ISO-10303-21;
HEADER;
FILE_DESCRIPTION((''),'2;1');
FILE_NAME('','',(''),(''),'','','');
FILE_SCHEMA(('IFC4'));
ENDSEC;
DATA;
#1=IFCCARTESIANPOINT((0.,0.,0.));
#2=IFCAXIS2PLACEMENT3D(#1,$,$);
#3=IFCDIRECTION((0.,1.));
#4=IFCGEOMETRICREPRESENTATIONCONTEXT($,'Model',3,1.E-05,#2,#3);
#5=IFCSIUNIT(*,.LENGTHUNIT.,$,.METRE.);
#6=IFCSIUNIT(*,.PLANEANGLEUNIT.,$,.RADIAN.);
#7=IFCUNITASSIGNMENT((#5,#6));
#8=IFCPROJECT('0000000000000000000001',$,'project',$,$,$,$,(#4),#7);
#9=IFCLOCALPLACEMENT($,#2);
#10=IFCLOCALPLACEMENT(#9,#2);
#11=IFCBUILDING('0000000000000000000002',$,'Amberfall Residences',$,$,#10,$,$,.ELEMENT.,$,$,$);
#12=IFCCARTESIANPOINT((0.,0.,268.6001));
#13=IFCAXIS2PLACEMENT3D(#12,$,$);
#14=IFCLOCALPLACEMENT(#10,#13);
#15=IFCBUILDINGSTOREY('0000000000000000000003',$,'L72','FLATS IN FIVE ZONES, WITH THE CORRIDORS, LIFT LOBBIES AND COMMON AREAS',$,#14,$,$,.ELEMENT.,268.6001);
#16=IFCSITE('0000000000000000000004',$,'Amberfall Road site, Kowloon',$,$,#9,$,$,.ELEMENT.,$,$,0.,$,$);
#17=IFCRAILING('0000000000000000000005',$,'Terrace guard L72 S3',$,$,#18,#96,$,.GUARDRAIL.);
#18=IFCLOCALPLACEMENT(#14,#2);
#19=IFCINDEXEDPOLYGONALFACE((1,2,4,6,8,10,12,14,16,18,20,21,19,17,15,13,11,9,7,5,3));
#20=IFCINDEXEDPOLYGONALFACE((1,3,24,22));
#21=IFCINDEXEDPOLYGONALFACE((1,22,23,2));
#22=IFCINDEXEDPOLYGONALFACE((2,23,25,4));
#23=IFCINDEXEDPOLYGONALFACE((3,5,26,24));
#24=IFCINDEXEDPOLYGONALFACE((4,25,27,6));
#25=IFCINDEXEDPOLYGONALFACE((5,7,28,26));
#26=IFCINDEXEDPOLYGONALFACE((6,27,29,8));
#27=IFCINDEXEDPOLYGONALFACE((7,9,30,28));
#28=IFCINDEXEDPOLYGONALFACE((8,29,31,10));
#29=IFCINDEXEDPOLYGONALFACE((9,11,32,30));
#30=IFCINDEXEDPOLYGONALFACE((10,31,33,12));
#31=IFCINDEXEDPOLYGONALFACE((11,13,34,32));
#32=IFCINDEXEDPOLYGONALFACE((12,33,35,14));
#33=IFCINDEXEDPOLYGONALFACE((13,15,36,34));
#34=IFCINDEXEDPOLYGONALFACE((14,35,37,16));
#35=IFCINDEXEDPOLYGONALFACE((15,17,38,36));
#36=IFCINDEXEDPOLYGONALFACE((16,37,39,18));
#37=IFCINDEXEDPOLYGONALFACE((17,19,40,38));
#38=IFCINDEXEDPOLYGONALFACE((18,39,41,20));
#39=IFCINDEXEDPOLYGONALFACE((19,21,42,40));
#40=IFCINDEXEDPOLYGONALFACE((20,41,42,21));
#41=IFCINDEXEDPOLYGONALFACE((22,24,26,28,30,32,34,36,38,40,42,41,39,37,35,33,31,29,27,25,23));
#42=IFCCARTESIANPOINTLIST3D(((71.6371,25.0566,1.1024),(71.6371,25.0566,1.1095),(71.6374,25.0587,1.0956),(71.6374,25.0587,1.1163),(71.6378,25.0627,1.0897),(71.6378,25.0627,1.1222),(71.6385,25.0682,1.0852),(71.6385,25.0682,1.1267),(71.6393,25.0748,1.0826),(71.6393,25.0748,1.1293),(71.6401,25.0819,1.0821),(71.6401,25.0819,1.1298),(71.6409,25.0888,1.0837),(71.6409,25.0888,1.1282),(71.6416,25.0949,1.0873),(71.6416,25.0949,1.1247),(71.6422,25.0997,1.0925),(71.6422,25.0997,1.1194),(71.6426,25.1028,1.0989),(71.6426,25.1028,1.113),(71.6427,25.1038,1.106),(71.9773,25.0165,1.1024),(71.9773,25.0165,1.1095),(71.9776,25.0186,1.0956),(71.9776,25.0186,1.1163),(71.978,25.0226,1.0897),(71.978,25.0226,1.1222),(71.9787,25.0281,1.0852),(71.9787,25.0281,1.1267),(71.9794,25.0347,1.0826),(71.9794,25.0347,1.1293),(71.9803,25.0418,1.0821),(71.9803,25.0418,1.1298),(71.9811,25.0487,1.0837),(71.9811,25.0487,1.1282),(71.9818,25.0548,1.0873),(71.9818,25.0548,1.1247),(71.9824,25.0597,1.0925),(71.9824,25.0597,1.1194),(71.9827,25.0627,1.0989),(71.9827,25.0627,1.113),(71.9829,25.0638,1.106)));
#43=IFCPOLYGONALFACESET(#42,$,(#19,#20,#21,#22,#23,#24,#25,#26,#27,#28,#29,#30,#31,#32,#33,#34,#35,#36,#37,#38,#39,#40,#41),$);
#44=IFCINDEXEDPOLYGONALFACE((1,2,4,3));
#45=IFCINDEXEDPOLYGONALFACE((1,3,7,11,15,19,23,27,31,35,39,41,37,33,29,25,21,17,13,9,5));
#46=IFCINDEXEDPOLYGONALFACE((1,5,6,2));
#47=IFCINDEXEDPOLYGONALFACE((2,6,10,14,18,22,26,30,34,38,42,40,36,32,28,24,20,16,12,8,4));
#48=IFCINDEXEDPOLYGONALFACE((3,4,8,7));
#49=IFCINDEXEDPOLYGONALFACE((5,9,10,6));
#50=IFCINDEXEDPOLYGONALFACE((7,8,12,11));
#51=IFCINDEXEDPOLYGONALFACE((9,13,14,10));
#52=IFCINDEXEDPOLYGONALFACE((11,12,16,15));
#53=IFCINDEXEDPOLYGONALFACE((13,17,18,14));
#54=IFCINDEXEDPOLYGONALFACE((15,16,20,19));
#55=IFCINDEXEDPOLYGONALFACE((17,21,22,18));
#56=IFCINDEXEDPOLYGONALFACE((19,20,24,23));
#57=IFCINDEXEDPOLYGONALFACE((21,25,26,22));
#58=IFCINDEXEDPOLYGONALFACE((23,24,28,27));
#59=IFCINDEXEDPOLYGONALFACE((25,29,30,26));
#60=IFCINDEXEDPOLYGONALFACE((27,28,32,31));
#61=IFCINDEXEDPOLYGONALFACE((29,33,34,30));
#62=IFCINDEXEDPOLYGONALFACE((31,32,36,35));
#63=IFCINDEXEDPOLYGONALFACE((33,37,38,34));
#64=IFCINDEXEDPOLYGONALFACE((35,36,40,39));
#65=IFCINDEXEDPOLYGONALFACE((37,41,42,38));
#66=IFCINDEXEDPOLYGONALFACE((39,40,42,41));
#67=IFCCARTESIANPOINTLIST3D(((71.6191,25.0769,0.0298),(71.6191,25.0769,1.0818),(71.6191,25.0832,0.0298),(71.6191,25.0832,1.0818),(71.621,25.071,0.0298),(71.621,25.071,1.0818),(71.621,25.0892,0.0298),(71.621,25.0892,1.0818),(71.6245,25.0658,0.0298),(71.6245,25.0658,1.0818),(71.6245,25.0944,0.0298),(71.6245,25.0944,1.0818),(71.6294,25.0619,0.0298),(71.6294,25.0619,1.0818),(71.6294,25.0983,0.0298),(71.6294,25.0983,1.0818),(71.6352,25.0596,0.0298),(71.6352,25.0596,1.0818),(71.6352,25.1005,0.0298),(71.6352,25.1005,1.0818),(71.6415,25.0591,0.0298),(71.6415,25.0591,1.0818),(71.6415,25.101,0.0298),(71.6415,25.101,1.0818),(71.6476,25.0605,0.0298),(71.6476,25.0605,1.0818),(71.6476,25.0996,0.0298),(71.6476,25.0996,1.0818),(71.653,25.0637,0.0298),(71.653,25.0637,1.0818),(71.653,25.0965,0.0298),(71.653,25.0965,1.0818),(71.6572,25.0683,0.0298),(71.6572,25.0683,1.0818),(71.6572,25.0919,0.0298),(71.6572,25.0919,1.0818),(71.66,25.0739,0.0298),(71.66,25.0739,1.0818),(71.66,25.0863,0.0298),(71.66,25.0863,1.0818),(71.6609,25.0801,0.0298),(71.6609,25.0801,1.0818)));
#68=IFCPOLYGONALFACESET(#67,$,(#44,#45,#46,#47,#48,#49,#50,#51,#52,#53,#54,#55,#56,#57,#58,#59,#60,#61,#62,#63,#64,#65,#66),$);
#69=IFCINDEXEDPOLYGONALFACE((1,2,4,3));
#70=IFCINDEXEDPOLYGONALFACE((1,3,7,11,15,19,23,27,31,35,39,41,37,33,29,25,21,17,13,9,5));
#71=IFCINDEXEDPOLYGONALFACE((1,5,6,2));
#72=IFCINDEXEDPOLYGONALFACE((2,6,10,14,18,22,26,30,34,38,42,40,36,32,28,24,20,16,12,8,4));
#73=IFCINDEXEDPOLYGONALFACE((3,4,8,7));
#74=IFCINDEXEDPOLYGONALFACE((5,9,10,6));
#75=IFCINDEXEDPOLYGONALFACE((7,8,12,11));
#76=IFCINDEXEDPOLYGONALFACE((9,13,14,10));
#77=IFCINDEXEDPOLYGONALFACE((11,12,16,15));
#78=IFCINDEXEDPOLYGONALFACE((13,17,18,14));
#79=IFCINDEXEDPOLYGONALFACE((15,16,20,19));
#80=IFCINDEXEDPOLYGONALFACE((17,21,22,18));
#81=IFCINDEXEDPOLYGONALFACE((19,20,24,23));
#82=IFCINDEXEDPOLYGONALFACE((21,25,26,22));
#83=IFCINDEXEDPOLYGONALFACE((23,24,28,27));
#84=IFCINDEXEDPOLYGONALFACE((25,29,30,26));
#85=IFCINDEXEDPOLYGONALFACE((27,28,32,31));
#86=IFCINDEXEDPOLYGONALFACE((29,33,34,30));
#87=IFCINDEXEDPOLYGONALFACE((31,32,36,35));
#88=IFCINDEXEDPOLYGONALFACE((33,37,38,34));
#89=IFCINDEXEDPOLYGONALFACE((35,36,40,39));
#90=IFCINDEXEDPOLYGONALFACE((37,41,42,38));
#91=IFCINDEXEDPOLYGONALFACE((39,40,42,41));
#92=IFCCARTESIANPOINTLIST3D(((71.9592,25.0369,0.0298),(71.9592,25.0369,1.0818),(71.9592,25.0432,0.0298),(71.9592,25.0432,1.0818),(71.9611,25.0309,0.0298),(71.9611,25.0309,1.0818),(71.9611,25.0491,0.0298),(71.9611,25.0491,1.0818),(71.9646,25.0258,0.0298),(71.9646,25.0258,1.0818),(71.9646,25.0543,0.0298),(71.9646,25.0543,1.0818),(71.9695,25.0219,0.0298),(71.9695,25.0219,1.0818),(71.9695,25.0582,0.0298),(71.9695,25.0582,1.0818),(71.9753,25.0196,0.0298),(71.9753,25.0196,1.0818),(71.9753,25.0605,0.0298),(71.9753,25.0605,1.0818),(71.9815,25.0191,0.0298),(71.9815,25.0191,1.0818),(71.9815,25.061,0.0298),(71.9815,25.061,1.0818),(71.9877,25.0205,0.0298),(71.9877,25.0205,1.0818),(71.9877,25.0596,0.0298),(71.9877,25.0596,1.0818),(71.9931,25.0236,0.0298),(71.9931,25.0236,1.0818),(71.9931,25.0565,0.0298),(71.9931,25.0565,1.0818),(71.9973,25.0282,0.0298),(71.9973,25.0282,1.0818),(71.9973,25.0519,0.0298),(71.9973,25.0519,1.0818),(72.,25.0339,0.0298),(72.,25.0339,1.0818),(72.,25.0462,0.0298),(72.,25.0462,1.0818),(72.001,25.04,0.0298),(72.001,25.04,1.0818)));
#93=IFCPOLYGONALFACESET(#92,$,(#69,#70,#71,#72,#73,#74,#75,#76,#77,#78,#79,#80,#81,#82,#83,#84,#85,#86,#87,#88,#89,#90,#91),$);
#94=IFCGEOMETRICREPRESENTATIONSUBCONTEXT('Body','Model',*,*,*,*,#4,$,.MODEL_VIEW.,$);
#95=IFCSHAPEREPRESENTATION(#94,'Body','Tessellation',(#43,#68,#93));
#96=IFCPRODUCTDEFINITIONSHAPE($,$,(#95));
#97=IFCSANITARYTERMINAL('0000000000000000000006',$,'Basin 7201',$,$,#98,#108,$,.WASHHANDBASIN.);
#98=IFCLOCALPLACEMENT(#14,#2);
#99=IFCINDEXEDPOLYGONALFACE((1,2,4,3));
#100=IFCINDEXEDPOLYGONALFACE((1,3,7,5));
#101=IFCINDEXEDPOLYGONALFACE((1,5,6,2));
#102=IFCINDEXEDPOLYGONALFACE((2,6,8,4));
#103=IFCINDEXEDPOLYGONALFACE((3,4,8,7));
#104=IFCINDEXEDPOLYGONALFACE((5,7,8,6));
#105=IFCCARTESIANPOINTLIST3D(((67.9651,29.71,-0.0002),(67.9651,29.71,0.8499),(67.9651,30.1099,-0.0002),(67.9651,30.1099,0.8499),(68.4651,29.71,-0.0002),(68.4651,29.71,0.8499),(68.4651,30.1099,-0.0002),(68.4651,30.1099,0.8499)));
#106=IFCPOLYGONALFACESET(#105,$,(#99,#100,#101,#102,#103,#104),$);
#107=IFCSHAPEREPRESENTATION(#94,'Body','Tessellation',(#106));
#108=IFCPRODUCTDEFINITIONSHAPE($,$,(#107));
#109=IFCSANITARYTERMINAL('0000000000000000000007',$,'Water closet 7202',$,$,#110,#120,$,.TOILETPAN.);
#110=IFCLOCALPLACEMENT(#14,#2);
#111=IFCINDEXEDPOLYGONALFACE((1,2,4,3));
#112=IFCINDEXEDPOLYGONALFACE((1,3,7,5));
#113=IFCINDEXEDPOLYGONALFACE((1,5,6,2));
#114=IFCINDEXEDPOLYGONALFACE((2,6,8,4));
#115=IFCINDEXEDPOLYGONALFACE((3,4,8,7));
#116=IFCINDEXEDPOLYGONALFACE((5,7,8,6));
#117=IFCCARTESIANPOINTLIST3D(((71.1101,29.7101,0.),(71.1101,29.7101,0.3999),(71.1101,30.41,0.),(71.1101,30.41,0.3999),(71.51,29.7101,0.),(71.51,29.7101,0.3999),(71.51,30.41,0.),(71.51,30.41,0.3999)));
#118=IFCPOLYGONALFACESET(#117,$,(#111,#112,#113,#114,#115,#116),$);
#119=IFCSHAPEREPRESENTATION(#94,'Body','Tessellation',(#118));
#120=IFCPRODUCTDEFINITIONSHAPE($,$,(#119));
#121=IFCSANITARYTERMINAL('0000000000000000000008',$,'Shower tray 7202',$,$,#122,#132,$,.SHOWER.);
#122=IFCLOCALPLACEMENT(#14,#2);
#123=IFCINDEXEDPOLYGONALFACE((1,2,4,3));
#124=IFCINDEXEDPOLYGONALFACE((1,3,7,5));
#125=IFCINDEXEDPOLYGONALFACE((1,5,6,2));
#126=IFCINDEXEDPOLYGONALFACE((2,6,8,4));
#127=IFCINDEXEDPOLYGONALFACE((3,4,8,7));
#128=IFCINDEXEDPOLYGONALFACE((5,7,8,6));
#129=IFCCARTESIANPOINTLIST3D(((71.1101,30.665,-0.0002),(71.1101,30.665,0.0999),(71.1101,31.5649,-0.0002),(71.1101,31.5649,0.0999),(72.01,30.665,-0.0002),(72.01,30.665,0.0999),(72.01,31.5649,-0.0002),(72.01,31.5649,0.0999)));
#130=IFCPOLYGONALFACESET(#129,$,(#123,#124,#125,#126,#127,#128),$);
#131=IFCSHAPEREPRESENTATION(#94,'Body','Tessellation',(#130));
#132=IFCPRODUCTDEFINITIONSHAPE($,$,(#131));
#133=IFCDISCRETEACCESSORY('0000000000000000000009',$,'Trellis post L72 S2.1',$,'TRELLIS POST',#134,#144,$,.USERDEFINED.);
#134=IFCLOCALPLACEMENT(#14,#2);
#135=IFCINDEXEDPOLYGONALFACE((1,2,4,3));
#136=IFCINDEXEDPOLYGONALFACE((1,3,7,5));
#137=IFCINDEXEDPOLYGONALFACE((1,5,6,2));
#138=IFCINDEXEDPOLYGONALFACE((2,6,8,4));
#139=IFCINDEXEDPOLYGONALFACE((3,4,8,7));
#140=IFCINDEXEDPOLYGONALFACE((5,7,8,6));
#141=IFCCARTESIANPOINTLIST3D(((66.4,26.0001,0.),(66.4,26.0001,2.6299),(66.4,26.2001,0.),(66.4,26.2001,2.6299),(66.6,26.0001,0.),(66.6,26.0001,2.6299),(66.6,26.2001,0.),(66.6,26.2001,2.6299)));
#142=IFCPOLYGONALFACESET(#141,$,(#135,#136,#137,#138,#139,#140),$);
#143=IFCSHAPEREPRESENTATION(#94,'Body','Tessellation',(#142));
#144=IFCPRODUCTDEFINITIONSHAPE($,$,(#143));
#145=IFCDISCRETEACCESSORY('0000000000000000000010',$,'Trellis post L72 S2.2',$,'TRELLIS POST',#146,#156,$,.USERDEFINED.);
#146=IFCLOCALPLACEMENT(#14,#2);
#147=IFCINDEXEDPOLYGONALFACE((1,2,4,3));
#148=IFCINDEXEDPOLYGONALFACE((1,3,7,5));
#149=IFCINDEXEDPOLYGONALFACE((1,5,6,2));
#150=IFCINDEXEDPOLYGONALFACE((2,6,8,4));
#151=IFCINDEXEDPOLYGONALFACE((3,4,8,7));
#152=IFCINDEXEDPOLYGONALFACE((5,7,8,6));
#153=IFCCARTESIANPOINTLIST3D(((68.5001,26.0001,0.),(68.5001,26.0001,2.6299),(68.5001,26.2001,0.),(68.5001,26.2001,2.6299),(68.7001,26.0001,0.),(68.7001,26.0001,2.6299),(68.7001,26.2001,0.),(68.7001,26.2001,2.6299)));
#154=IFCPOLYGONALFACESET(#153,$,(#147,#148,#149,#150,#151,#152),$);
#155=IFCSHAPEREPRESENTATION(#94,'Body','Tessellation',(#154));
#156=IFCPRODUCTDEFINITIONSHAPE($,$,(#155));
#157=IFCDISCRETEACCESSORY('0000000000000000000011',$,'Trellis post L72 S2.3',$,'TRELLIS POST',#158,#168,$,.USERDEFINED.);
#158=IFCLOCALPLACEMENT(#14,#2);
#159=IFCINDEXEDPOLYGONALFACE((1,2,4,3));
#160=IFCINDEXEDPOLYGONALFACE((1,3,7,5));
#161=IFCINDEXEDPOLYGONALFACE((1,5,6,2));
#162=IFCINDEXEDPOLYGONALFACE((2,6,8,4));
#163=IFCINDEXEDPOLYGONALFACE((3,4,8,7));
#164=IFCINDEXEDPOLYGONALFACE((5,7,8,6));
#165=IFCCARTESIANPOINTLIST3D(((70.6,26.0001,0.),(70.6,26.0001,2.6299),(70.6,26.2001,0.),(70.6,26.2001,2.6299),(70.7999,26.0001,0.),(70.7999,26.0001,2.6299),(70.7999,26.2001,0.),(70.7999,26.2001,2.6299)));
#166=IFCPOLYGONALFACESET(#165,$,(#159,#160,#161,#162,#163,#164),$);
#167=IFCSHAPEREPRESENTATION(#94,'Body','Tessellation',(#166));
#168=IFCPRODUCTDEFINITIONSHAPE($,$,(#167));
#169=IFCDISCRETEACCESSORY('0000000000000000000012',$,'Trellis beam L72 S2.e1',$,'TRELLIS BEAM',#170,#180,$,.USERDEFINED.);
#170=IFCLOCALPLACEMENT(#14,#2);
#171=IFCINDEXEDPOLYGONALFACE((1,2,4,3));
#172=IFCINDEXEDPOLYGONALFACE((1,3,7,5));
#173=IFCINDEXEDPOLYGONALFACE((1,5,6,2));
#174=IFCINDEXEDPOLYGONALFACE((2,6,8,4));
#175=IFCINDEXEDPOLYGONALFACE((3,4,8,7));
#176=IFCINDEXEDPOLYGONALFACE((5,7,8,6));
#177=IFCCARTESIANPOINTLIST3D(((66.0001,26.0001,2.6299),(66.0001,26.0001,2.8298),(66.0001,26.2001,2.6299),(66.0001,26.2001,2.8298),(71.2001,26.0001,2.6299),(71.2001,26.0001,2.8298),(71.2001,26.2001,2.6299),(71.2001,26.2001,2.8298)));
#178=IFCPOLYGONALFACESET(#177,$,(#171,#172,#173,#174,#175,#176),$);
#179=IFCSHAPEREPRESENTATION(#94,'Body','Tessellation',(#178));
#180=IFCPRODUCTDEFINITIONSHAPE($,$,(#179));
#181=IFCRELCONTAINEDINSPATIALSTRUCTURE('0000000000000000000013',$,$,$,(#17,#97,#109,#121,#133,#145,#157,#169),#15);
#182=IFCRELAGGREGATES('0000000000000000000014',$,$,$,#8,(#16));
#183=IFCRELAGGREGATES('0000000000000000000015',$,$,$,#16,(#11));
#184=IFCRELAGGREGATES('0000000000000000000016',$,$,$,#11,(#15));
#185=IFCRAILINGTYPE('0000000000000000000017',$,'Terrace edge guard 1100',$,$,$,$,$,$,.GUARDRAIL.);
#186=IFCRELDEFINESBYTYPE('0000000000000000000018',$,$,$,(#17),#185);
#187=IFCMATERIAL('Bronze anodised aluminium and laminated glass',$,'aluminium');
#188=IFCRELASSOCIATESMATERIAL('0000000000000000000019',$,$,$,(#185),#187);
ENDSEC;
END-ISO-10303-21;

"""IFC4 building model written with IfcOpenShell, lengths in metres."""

from ifc_helpers import new_model, si_unit, direction, frame, origin, origin_2d, place, context, subcontext, project, spatial, rectangle, circle, extrude, material, type_object, element, save


model = new_model("IFC4")

# Units and contexts
model_context = context("Model", 3, precision=1e-05, world=origin(), true_north=direction((0.0, 1.0)))
body_context = subcontext(model_context, "Body", "Model", "MODEL_VIEW")
ifc_project = project(units=[si_unit("LENGTHUNIT", "METRE"), si_unit("PLANEANGLEUNIT", "RADIAN")], contexts=[model_context])

# Site, building, storey
site_placement = place(None, origin())
site = spatial("IfcSite", under=ifc_project, at=site_placement, Name="Amberfall Road site, Kowloon", CompositionType="ELEMENT", RefElevation=0.0)
building_placement = place(site_placement, origin())
building = spatial("IfcBuilding", under=site, at=building_placement, Name="Amberfall Residences", CompositionType="ELEMENT")
storey_placement = place(building_placement, frame((0.0, 0.0, 268.6001)))
storey = spatial("IfcBuildingStorey", under=building, at=storey_placement, Name="L72", Description="FLATS IN FIVE ZONES, WITH THE CORRIDORS, LIFT LOBBIES AND COMMON AREAS", CompositionType="ELEMENT", Elevation=268.6001)

# Railing
ifc_material_1 = material(Name="Bronze anodised aluminium and laminated glass", Category="aluminium")
railing_type = type_object("IfcRailingType", Name="Terrace edge guard 1100", PredefinedType="GUARDRAIL", material=ifc_material_1)
railing_1_placement = place(storey_placement, frame((71.6399, 25.0801, 0.0298)))
element("IfcRailing", 1, at=railing_1_placement, inside=storey, type_object=railing_type, Name="Terrace guard L72 S3", PredefinedType="GUARDRAIL", context=body_context, shape_type="SweptSolid", body=[
    extrude(circle(Radius=0.0239, at=origin_2d()), frame((0.0, 0.0, 1.0762), z_axis=(0.993141, -0.116924, 0.0), x_axis=(0.116924, 0.993141, 0.0)), (0.0, 0.0, 1.0), 0.3425),
    extrude(circle(Radius=0.021, at=origin_2d()), origin(), (0.0, 0.0, 1.0), 1.052),
    extrude(circle(Radius=0.021, at=origin_2d()), frame((0.3401, -0.04, 0.0)), (0.0, 0.0, 1.0), 1.052),
])

# Sanitary terminals
sanitary_terminal_1_placement = place(storey_placement, frame((68.2151, 29.9099, -0.0002), z_axis=(0.0, 0.0, 1.0), x_axis=(1.0, 0.0, 0.0)))
element("IfcSanitaryTerminal", 2, at=sanitary_terminal_1_placement, inside=storey, Name="Basin 7201", PredefinedType="WASHHANDBASIN", context=body_context, shape_type="SweptSolid", body=[
    extrude(rectangle(XDim=0.5, YDim=0.3999, at=origin_2d()), origin(), (0.0, 0.0, 1.0), 0.8501),
])
sanitary_terminal_2_placement = place(storey_placement, frame((71.3101, 30.0601, 0.0), z_axis=(0.0, 0.0, 1.0), x_axis=(1.0, 0.0, 0.0)))
element("IfcSanitaryTerminal", 3, at=sanitary_terminal_2_placement, inside=storey, Name="Water closet 7202", PredefinedType="TOILETPAN", context=body_context, shape_type="SweptSolid", body=[
    extrude(rectangle(XDim=0.3999, YDim=0.7, at=origin_2d()), origin(), (0.0, 0.0, 1.0), 0.3999),
])
sanitary_terminal_3_placement = place(storey_placement, frame((71.5601, 31.115, -0.0002), z_axis=(0.0, 0.0, 1.0), x_axis=(1.0, 0.0, 0.0)))
element("IfcSanitaryTerminal", 4, at=sanitary_terminal_3_placement, inside=storey, Name="Shower tray 7202", PredefinedType="SHOWER", context=body_context, shape_type="SweptSolid", body=[
    extrude(rectangle(XDim=0.8999, YDim=0.8999, at=origin_2d()), origin(), (0.0, 0.0, 1.0), 0.1001),
])

# Discrete accessories
for number, where, z_axis, x_axis, name in (
    (5, (66.5, 26.1001, 0.0), (0.0, 0.0, 1.0), (1.0, 0.0, 0.0), "Trellis post L72 S2.1"),
    (6, (68.6001, 26.1001, 0.0), (0.0, 0.0, 1.0), (1.0, 0.0, 0.0), "Trellis post L72 S2.2"),
    (7, (70.7, 26.1001, 0.0), (0.0, 0.0, 1.0), (1.0, 0.0, 0.0), "Trellis post L72 S2.3"),
):
    element("IfcDiscreteAccessory", number, at=place(storey_placement, frame(where, z_axis=z_axis, x_axis=x_axis)), inside=storey, Name=name, ObjectType="TRELLIS POST", PredefinedType="USERDEFINED", context=body_context, shape_type="SweptSolid", body=[
        extrude(rectangle(XDim=0.2, YDim=0.2, at=origin_2d()), origin(), (0.0, 0.0, 1.0), 2.6299),
    ])
discrete_accessory_placement = place(storey_placement, frame((68.6001, 26.1001, 2.6299), z_axis=(0.0, 0.0, 1.0), x_axis=(1.0, 0.0, 0.0)))
element("IfcDiscreteAccessory", 8, at=discrete_accessory_placement, inside=storey, Name="Trellis beam L72 S2.e1", ObjectType="TRELLIS BEAM", PredefinedType="USERDEFINED", context=body_context, shape_type="SweptSolid", body=[
    extrude(rectangle(XDim=5.2, YDim=0.2, at=origin_2d()), origin(), (0.0, 0.0, 1.0), 0.2),
])

save(model, "model.ifc")
